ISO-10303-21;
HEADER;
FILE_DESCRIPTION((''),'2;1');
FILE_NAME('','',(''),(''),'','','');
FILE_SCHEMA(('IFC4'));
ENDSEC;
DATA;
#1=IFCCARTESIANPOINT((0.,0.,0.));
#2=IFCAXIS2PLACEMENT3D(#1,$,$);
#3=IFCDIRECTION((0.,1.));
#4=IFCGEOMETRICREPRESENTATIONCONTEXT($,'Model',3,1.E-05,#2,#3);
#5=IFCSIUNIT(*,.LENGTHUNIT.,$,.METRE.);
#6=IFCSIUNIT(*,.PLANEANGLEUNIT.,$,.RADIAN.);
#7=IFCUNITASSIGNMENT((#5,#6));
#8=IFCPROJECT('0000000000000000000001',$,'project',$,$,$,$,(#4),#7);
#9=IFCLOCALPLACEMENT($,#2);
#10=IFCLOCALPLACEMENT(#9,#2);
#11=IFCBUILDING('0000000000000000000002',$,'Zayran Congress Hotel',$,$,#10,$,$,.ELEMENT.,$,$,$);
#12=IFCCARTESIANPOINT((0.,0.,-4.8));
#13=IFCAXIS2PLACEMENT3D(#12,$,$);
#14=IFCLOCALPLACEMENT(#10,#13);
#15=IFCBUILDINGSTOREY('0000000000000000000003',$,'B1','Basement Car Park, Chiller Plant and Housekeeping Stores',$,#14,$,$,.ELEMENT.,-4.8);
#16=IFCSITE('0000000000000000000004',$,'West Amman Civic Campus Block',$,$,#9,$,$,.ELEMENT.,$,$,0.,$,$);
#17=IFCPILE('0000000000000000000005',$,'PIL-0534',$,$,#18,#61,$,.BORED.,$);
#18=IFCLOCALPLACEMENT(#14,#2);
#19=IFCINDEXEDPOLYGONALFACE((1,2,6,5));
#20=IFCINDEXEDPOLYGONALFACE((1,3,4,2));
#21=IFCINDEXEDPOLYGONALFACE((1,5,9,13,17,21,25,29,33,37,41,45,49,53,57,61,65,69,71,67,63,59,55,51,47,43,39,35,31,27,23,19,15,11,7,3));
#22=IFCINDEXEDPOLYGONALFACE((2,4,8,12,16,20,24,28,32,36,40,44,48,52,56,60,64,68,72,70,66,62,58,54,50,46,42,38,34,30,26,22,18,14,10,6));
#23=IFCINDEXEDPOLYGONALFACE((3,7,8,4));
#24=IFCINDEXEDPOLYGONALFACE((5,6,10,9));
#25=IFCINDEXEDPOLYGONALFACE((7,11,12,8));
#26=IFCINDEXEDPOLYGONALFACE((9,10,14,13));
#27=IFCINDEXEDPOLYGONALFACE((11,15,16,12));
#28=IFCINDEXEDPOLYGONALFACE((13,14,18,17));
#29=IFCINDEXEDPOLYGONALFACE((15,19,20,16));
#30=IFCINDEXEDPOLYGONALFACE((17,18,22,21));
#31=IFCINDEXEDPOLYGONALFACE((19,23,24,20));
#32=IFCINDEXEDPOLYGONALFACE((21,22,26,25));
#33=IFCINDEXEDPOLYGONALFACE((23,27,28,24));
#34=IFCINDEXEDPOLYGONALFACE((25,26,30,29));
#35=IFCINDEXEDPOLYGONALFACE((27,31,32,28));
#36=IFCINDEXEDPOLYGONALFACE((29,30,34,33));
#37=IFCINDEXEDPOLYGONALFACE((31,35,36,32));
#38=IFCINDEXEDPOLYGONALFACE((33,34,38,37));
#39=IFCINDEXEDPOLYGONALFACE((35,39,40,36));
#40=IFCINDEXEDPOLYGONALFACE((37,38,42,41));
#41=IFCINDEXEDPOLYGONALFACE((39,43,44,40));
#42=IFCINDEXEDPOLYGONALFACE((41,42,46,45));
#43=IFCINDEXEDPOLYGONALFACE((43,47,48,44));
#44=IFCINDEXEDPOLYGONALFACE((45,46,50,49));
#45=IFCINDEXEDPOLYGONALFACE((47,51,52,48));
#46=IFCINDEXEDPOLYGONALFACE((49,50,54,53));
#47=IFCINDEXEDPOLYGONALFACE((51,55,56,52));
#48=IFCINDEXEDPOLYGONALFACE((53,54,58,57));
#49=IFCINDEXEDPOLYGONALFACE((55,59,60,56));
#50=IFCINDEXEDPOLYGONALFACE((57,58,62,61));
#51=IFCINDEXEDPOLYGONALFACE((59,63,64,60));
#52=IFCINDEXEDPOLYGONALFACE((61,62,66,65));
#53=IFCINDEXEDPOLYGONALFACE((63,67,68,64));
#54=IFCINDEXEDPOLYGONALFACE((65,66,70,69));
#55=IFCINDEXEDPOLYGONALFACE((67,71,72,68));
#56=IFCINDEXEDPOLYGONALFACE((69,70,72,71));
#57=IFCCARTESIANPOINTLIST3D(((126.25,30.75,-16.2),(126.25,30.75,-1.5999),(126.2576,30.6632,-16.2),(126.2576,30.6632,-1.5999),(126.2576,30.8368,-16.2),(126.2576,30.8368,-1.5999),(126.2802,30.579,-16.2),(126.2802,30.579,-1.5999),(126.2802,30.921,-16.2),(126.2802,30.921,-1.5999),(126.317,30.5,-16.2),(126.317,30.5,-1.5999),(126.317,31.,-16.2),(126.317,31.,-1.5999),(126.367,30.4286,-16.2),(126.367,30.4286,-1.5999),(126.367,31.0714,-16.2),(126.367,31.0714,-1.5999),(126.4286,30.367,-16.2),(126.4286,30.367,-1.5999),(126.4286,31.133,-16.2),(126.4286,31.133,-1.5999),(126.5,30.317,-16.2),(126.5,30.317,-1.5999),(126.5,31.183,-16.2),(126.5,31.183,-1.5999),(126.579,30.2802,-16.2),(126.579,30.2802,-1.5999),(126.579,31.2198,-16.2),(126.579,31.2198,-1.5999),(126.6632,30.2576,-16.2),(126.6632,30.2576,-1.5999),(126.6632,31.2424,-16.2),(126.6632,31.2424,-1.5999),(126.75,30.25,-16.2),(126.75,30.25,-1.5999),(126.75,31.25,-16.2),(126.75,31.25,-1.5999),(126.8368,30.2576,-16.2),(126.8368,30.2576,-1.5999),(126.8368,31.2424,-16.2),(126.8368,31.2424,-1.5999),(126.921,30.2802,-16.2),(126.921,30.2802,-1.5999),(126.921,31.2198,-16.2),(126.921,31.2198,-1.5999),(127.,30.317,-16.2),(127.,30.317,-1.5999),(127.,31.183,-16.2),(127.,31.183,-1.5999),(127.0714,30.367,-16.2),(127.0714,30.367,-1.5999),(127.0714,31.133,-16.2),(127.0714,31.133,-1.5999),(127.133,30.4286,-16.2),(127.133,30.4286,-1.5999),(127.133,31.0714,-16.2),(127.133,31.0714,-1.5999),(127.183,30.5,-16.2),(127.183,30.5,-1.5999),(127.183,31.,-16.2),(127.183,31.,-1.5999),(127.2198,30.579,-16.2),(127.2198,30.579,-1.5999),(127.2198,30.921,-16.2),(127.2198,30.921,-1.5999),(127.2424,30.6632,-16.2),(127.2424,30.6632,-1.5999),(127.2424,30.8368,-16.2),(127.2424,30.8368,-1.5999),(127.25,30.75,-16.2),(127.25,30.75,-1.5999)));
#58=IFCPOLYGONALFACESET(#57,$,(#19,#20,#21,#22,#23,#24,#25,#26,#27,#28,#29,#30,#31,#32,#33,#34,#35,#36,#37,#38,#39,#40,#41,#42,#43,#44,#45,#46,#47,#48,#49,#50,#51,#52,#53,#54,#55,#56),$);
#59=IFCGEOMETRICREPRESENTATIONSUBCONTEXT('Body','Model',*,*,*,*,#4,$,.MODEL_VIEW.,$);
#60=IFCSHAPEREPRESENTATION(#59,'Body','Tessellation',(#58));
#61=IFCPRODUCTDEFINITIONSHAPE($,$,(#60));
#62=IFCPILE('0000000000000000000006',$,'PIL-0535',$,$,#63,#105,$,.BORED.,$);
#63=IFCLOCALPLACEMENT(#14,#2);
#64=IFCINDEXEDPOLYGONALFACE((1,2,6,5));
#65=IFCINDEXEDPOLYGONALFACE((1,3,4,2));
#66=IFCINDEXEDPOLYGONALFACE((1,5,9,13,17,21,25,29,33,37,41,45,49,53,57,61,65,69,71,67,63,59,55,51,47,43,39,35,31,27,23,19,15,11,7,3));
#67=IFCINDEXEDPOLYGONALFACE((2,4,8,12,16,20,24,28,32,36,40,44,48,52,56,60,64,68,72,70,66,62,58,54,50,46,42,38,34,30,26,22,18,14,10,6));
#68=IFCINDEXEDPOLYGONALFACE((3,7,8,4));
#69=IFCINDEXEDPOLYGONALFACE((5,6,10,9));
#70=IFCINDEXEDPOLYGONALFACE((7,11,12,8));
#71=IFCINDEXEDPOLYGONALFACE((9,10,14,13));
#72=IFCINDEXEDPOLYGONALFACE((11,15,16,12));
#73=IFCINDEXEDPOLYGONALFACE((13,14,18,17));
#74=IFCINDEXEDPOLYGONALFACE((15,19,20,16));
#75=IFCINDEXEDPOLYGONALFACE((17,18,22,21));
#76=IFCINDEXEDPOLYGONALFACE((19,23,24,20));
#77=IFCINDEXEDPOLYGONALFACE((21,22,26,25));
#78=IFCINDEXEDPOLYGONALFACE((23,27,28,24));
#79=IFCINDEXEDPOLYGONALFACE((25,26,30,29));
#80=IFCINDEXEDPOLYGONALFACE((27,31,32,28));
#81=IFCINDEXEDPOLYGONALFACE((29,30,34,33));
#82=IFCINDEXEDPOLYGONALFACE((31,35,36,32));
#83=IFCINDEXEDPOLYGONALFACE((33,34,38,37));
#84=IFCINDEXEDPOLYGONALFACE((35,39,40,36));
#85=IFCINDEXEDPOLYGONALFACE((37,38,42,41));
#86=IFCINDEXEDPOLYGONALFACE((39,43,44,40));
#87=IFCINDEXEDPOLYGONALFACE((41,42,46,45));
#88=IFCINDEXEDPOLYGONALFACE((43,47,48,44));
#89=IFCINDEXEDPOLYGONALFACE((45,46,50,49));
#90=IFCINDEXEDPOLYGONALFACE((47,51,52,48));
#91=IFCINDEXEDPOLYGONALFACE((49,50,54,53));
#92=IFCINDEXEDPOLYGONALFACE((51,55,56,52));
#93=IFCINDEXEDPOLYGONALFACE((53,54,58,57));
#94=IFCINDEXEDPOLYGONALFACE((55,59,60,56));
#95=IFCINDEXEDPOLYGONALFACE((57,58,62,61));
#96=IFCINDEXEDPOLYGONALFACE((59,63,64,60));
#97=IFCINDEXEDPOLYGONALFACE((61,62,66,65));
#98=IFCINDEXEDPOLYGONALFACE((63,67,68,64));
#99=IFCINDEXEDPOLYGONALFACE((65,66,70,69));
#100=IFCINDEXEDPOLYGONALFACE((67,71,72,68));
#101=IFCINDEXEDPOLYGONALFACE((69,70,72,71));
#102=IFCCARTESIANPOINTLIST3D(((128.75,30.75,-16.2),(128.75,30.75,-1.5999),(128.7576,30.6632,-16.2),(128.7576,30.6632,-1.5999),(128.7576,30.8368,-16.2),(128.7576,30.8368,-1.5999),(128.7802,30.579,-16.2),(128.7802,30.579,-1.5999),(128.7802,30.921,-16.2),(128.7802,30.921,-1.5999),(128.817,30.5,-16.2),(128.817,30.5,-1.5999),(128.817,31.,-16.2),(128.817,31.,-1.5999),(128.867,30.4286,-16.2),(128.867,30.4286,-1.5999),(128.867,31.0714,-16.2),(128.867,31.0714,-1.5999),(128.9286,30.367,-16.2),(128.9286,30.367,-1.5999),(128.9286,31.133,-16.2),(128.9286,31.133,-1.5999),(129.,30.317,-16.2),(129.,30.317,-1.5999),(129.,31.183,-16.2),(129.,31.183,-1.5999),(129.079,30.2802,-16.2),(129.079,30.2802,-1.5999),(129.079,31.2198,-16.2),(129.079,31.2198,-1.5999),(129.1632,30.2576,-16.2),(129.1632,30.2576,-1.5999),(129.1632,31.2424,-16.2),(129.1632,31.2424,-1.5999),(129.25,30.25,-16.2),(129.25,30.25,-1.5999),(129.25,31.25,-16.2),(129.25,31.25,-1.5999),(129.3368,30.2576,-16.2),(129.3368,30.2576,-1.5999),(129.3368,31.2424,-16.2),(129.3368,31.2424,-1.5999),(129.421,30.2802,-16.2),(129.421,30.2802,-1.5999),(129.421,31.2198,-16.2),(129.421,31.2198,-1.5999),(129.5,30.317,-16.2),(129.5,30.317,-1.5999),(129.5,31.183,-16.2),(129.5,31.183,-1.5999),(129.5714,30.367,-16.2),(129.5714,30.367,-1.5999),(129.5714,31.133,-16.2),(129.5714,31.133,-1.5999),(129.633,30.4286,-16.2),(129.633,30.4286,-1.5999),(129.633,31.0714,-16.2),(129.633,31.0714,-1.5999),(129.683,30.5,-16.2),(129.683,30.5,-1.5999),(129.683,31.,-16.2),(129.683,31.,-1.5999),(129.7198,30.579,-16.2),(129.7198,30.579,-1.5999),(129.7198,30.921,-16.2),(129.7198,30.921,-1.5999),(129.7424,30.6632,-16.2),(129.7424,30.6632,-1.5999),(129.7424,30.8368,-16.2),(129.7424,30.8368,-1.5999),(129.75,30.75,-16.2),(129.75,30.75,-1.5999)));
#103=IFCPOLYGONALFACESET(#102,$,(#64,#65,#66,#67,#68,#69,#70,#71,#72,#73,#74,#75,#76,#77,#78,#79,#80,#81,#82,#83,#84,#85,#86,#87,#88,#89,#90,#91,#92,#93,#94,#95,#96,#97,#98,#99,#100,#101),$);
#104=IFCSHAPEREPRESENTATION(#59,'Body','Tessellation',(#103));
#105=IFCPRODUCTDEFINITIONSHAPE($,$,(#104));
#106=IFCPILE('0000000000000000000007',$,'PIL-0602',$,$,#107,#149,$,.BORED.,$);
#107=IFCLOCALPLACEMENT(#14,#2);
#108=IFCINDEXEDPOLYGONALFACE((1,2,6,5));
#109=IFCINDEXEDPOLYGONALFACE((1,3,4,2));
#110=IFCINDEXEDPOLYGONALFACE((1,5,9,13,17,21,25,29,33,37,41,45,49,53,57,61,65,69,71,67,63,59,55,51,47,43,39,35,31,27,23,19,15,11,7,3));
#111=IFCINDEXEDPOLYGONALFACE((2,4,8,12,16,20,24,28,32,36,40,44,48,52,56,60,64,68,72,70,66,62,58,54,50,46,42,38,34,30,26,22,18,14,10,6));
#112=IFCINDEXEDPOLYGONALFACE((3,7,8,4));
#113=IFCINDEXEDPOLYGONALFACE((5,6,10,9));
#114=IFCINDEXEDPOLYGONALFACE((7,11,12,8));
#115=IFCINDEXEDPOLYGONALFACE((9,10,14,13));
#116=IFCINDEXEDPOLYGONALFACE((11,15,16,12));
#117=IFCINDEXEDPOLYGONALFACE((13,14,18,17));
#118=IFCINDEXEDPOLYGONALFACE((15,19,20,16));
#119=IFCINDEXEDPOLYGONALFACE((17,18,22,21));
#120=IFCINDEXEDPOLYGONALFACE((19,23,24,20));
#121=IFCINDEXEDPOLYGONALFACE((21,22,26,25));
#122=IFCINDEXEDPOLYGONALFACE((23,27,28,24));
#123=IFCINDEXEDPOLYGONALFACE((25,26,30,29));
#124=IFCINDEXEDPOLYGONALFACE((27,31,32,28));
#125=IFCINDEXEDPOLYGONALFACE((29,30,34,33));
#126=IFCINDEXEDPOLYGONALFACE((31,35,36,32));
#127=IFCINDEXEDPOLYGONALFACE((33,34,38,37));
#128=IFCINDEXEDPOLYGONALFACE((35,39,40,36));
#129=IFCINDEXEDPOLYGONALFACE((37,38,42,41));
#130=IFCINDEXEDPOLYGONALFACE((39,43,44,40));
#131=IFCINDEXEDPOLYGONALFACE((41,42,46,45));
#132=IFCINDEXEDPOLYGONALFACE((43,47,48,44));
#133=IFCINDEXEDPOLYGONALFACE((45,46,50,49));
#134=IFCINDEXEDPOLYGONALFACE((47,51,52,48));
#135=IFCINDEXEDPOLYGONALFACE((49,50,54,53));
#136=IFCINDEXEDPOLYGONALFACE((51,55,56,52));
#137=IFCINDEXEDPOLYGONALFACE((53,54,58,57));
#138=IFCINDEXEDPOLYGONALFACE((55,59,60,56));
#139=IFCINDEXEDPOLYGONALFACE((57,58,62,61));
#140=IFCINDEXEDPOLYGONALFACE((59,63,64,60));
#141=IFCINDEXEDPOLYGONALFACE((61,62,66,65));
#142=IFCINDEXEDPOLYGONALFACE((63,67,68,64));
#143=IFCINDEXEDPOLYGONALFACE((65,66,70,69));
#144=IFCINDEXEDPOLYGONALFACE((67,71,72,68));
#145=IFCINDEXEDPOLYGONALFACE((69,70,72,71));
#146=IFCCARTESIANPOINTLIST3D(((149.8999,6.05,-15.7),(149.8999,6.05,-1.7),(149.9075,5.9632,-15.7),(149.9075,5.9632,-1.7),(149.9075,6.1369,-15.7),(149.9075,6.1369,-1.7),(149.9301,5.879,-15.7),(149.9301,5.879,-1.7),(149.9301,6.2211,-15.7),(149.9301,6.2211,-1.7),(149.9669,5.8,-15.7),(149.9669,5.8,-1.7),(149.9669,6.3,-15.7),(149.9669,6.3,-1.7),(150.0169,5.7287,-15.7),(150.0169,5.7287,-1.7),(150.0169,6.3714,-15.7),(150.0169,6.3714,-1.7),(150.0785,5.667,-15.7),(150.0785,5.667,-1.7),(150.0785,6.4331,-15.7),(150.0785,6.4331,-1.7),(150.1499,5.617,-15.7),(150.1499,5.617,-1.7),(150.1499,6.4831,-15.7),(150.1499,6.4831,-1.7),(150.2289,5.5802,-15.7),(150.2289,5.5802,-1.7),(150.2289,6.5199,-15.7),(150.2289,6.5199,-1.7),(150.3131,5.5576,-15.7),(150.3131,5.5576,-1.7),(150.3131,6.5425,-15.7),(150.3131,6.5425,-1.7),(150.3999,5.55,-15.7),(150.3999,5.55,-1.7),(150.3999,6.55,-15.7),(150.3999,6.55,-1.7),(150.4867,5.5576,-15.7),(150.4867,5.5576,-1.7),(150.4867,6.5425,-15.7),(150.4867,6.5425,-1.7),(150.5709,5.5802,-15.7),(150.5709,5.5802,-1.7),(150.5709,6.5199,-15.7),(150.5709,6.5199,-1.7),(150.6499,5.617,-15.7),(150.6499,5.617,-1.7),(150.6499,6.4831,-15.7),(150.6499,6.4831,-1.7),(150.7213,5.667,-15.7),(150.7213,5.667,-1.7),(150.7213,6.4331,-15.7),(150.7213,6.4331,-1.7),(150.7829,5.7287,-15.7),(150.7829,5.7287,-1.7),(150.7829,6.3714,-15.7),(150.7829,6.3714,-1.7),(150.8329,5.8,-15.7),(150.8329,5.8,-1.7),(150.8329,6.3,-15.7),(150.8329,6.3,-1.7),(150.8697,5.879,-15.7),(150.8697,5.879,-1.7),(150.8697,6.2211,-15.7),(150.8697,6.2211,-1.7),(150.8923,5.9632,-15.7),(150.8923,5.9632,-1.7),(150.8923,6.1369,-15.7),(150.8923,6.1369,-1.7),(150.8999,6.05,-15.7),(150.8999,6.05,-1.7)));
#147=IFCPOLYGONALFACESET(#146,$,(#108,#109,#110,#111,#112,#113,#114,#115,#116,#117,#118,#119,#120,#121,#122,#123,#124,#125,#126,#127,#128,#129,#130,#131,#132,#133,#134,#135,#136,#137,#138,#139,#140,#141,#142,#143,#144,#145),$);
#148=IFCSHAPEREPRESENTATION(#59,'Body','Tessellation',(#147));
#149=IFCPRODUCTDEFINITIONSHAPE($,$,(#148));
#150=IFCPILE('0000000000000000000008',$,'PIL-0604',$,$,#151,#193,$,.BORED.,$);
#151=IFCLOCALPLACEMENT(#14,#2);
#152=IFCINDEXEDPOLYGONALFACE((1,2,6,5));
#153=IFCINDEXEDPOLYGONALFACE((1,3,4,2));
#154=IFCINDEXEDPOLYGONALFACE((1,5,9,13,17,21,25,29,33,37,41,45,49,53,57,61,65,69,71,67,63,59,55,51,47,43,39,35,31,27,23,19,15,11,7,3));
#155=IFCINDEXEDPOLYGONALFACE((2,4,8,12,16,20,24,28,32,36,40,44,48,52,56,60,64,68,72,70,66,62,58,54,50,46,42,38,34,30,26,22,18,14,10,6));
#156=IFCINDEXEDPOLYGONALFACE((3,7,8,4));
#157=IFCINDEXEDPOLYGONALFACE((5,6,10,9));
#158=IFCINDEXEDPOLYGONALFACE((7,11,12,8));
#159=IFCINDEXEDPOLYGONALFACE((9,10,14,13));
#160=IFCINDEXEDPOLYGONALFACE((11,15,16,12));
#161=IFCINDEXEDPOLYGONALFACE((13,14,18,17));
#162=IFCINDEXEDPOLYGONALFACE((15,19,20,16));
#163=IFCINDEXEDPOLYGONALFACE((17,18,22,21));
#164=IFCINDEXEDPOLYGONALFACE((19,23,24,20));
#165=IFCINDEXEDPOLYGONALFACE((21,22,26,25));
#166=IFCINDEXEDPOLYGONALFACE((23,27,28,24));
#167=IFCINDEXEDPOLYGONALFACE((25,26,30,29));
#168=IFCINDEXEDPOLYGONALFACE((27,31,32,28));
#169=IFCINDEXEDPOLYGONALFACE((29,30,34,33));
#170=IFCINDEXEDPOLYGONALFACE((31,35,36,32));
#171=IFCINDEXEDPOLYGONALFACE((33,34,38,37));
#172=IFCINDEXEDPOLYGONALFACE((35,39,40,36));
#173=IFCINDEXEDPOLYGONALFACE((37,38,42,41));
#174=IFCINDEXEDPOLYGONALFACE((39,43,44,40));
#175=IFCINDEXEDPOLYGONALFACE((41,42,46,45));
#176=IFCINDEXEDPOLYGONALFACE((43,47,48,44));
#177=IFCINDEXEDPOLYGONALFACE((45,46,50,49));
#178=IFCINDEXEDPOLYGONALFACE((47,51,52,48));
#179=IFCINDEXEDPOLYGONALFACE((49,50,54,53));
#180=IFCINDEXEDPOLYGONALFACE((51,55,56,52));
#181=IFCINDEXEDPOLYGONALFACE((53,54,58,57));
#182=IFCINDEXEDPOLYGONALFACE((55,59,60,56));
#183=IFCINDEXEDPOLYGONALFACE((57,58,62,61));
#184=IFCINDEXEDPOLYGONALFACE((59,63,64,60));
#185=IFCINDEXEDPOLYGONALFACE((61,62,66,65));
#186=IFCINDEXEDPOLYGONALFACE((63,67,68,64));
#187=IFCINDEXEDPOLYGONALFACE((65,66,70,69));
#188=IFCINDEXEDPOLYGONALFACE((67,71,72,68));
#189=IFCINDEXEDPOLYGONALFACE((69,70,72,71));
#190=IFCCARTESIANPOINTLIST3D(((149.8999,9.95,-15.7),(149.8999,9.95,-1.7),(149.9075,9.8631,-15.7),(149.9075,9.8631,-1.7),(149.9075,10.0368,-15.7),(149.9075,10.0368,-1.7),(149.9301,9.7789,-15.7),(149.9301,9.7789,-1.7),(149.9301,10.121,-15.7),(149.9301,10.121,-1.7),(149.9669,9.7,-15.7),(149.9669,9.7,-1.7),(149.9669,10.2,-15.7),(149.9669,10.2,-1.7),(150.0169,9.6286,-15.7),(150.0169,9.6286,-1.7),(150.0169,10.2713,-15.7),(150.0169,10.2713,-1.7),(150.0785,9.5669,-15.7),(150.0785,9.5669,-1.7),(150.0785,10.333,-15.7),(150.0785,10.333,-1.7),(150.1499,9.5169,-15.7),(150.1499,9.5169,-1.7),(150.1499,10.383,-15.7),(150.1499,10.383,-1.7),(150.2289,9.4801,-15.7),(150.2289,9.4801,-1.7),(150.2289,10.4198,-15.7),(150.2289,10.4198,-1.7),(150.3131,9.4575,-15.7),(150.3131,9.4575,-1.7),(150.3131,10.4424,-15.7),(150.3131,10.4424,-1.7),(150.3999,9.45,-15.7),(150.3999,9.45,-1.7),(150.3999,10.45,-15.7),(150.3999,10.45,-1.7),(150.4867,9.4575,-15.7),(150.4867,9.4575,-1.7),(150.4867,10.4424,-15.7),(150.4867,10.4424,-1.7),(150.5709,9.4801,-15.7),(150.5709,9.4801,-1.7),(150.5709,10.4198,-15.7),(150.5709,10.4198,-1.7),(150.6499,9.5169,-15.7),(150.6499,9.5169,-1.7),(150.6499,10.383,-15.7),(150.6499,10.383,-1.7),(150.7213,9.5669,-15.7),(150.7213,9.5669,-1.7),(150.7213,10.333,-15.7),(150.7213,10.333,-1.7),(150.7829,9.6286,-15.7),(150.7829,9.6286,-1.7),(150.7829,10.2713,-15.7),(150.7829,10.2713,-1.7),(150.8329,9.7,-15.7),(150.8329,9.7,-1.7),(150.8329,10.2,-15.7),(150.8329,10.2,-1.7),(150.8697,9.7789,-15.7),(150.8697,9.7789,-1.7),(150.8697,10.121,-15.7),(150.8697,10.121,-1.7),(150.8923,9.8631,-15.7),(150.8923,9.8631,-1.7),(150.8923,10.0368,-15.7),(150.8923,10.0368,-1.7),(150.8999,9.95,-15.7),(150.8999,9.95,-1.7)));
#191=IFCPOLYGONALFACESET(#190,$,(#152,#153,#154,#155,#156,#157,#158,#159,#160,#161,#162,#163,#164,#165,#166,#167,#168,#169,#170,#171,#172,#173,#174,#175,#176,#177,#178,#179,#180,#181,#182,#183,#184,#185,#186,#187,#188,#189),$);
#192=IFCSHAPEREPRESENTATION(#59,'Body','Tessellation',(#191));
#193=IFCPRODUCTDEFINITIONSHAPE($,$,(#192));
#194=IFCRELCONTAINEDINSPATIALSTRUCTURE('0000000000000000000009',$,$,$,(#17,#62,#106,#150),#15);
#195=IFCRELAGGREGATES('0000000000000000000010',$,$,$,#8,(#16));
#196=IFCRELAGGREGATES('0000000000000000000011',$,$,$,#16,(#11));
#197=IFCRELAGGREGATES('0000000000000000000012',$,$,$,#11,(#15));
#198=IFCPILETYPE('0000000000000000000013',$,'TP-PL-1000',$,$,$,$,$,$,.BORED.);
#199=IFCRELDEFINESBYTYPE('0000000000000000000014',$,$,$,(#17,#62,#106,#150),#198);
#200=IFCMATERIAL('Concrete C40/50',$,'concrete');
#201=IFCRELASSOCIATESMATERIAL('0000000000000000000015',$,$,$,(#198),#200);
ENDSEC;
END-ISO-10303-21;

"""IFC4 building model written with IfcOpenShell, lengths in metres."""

from ifc_helpers import new_model, si_unit, direction, frame, origin, origin_2d, place, context, subcontext, project, spatial, circle, extrude, material, material_profile, profile_set, type_object, element, save


model = new_model("IFC4")

# Units and contexts
model_context = context("Model", 3, precision=1e-05, world=origin(), true_north=direction((0.0, 1.0)))
body_context = subcontext(model_context, "Body", "Model", "MODEL_VIEW")
ifc_project = project(units=[si_unit("LENGTHUNIT", "METRE"), si_unit("PLANEANGLEUNIT", "RADIAN")], contexts=[model_context])

# Site, building, storey
site_placement = place(None, origin())
site = spatial("IfcSite", under=ifc_project, at=site_placement, Name="West Amman Civic Campus Block", CompositionType="ELEMENT", RefElevation=0.0)
building_placement = place(site_placement, origin())
building = spatial("IfcBuilding", under=site, at=building_placement, Name="Zayran Congress Hotel", CompositionType="ELEMENT")
storey_placement = place(building_placement, frame((0.0, 0.0, -4.8)))
storey = spatial("IfcBuildingStorey", under=building, at=storey_placement, Name="B1", Description="Basement Car Park, Chiller Plant and Housekeeping Stores", CompositionType="ELEMENT", Elevation=-4.8)

# Piles
ifc_material_1 = material(Name="Concrete C40/50", Category="concrete")
ifc_material_profile_1 = material_profile(ifc_material_1, circle(Radius=0.5, at=origin_2d()), Name="PILE D1000")
ifc_profile_set_1 = profile_set([ifc_material_profile_1], Name="Concrete C40/50")
pile_type_1 = type_object("IfcPileType", Name="TP-PL-1000", PredefinedType="BORED", material=ifc_profile_set_1)
for number, where, z_axis, x_axis, name in (
    (1, (126.75, 30.75, -1.5999), (0.0, 0.0, -1.0), (1.0, 0.0, 0.0), "PIL-0534"),
    (2, (129.25, 30.75, -1.5999), (0.0, 0.0, -1.0), (1.0, 0.0, 0.0), "PIL-0535"),
):
    element("IfcPile", number, at=place(storey_placement, frame(where, z_axis=z_axis, x_axis=x_axis)), inside=storey, type_object=pile_type_1, Name=name, PredefinedType="BORED", context=body_context, shape_type="SweptSolid", body=[
        extrude(circle(Radius=0.5, at=origin_2d()), origin(), (0.0, 0.0, 1.0), 14.6001),
    ])
for number, where, z_axis, x_axis, name in (
    (3, (150.3999, 6.05, -1.7), (0.0, 0.0, -1.0), (1.0, 0.0, 0.0), "PIL-0602"),
    (4, (150.3999, 9.95, -1.7), (0.0, 0.0, -1.0), (1.0, 0.0, 0.0), "PIL-0604"),
):
    element("IfcPile", number, at=place(storey_placement, frame(where, z_axis=z_axis, x_axis=x_axis)), inside=storey, type_object=pile_type_1, Name=name, PredefinedType="BORED", context=body_context, shape_type="SweptSolid", body=[
        extrude(circle(Radius=0.5, at=origin_2d()), origin(), (0.0, 0.0, 1.0), 14.0),
    ])

save(model, "model.ifc")
